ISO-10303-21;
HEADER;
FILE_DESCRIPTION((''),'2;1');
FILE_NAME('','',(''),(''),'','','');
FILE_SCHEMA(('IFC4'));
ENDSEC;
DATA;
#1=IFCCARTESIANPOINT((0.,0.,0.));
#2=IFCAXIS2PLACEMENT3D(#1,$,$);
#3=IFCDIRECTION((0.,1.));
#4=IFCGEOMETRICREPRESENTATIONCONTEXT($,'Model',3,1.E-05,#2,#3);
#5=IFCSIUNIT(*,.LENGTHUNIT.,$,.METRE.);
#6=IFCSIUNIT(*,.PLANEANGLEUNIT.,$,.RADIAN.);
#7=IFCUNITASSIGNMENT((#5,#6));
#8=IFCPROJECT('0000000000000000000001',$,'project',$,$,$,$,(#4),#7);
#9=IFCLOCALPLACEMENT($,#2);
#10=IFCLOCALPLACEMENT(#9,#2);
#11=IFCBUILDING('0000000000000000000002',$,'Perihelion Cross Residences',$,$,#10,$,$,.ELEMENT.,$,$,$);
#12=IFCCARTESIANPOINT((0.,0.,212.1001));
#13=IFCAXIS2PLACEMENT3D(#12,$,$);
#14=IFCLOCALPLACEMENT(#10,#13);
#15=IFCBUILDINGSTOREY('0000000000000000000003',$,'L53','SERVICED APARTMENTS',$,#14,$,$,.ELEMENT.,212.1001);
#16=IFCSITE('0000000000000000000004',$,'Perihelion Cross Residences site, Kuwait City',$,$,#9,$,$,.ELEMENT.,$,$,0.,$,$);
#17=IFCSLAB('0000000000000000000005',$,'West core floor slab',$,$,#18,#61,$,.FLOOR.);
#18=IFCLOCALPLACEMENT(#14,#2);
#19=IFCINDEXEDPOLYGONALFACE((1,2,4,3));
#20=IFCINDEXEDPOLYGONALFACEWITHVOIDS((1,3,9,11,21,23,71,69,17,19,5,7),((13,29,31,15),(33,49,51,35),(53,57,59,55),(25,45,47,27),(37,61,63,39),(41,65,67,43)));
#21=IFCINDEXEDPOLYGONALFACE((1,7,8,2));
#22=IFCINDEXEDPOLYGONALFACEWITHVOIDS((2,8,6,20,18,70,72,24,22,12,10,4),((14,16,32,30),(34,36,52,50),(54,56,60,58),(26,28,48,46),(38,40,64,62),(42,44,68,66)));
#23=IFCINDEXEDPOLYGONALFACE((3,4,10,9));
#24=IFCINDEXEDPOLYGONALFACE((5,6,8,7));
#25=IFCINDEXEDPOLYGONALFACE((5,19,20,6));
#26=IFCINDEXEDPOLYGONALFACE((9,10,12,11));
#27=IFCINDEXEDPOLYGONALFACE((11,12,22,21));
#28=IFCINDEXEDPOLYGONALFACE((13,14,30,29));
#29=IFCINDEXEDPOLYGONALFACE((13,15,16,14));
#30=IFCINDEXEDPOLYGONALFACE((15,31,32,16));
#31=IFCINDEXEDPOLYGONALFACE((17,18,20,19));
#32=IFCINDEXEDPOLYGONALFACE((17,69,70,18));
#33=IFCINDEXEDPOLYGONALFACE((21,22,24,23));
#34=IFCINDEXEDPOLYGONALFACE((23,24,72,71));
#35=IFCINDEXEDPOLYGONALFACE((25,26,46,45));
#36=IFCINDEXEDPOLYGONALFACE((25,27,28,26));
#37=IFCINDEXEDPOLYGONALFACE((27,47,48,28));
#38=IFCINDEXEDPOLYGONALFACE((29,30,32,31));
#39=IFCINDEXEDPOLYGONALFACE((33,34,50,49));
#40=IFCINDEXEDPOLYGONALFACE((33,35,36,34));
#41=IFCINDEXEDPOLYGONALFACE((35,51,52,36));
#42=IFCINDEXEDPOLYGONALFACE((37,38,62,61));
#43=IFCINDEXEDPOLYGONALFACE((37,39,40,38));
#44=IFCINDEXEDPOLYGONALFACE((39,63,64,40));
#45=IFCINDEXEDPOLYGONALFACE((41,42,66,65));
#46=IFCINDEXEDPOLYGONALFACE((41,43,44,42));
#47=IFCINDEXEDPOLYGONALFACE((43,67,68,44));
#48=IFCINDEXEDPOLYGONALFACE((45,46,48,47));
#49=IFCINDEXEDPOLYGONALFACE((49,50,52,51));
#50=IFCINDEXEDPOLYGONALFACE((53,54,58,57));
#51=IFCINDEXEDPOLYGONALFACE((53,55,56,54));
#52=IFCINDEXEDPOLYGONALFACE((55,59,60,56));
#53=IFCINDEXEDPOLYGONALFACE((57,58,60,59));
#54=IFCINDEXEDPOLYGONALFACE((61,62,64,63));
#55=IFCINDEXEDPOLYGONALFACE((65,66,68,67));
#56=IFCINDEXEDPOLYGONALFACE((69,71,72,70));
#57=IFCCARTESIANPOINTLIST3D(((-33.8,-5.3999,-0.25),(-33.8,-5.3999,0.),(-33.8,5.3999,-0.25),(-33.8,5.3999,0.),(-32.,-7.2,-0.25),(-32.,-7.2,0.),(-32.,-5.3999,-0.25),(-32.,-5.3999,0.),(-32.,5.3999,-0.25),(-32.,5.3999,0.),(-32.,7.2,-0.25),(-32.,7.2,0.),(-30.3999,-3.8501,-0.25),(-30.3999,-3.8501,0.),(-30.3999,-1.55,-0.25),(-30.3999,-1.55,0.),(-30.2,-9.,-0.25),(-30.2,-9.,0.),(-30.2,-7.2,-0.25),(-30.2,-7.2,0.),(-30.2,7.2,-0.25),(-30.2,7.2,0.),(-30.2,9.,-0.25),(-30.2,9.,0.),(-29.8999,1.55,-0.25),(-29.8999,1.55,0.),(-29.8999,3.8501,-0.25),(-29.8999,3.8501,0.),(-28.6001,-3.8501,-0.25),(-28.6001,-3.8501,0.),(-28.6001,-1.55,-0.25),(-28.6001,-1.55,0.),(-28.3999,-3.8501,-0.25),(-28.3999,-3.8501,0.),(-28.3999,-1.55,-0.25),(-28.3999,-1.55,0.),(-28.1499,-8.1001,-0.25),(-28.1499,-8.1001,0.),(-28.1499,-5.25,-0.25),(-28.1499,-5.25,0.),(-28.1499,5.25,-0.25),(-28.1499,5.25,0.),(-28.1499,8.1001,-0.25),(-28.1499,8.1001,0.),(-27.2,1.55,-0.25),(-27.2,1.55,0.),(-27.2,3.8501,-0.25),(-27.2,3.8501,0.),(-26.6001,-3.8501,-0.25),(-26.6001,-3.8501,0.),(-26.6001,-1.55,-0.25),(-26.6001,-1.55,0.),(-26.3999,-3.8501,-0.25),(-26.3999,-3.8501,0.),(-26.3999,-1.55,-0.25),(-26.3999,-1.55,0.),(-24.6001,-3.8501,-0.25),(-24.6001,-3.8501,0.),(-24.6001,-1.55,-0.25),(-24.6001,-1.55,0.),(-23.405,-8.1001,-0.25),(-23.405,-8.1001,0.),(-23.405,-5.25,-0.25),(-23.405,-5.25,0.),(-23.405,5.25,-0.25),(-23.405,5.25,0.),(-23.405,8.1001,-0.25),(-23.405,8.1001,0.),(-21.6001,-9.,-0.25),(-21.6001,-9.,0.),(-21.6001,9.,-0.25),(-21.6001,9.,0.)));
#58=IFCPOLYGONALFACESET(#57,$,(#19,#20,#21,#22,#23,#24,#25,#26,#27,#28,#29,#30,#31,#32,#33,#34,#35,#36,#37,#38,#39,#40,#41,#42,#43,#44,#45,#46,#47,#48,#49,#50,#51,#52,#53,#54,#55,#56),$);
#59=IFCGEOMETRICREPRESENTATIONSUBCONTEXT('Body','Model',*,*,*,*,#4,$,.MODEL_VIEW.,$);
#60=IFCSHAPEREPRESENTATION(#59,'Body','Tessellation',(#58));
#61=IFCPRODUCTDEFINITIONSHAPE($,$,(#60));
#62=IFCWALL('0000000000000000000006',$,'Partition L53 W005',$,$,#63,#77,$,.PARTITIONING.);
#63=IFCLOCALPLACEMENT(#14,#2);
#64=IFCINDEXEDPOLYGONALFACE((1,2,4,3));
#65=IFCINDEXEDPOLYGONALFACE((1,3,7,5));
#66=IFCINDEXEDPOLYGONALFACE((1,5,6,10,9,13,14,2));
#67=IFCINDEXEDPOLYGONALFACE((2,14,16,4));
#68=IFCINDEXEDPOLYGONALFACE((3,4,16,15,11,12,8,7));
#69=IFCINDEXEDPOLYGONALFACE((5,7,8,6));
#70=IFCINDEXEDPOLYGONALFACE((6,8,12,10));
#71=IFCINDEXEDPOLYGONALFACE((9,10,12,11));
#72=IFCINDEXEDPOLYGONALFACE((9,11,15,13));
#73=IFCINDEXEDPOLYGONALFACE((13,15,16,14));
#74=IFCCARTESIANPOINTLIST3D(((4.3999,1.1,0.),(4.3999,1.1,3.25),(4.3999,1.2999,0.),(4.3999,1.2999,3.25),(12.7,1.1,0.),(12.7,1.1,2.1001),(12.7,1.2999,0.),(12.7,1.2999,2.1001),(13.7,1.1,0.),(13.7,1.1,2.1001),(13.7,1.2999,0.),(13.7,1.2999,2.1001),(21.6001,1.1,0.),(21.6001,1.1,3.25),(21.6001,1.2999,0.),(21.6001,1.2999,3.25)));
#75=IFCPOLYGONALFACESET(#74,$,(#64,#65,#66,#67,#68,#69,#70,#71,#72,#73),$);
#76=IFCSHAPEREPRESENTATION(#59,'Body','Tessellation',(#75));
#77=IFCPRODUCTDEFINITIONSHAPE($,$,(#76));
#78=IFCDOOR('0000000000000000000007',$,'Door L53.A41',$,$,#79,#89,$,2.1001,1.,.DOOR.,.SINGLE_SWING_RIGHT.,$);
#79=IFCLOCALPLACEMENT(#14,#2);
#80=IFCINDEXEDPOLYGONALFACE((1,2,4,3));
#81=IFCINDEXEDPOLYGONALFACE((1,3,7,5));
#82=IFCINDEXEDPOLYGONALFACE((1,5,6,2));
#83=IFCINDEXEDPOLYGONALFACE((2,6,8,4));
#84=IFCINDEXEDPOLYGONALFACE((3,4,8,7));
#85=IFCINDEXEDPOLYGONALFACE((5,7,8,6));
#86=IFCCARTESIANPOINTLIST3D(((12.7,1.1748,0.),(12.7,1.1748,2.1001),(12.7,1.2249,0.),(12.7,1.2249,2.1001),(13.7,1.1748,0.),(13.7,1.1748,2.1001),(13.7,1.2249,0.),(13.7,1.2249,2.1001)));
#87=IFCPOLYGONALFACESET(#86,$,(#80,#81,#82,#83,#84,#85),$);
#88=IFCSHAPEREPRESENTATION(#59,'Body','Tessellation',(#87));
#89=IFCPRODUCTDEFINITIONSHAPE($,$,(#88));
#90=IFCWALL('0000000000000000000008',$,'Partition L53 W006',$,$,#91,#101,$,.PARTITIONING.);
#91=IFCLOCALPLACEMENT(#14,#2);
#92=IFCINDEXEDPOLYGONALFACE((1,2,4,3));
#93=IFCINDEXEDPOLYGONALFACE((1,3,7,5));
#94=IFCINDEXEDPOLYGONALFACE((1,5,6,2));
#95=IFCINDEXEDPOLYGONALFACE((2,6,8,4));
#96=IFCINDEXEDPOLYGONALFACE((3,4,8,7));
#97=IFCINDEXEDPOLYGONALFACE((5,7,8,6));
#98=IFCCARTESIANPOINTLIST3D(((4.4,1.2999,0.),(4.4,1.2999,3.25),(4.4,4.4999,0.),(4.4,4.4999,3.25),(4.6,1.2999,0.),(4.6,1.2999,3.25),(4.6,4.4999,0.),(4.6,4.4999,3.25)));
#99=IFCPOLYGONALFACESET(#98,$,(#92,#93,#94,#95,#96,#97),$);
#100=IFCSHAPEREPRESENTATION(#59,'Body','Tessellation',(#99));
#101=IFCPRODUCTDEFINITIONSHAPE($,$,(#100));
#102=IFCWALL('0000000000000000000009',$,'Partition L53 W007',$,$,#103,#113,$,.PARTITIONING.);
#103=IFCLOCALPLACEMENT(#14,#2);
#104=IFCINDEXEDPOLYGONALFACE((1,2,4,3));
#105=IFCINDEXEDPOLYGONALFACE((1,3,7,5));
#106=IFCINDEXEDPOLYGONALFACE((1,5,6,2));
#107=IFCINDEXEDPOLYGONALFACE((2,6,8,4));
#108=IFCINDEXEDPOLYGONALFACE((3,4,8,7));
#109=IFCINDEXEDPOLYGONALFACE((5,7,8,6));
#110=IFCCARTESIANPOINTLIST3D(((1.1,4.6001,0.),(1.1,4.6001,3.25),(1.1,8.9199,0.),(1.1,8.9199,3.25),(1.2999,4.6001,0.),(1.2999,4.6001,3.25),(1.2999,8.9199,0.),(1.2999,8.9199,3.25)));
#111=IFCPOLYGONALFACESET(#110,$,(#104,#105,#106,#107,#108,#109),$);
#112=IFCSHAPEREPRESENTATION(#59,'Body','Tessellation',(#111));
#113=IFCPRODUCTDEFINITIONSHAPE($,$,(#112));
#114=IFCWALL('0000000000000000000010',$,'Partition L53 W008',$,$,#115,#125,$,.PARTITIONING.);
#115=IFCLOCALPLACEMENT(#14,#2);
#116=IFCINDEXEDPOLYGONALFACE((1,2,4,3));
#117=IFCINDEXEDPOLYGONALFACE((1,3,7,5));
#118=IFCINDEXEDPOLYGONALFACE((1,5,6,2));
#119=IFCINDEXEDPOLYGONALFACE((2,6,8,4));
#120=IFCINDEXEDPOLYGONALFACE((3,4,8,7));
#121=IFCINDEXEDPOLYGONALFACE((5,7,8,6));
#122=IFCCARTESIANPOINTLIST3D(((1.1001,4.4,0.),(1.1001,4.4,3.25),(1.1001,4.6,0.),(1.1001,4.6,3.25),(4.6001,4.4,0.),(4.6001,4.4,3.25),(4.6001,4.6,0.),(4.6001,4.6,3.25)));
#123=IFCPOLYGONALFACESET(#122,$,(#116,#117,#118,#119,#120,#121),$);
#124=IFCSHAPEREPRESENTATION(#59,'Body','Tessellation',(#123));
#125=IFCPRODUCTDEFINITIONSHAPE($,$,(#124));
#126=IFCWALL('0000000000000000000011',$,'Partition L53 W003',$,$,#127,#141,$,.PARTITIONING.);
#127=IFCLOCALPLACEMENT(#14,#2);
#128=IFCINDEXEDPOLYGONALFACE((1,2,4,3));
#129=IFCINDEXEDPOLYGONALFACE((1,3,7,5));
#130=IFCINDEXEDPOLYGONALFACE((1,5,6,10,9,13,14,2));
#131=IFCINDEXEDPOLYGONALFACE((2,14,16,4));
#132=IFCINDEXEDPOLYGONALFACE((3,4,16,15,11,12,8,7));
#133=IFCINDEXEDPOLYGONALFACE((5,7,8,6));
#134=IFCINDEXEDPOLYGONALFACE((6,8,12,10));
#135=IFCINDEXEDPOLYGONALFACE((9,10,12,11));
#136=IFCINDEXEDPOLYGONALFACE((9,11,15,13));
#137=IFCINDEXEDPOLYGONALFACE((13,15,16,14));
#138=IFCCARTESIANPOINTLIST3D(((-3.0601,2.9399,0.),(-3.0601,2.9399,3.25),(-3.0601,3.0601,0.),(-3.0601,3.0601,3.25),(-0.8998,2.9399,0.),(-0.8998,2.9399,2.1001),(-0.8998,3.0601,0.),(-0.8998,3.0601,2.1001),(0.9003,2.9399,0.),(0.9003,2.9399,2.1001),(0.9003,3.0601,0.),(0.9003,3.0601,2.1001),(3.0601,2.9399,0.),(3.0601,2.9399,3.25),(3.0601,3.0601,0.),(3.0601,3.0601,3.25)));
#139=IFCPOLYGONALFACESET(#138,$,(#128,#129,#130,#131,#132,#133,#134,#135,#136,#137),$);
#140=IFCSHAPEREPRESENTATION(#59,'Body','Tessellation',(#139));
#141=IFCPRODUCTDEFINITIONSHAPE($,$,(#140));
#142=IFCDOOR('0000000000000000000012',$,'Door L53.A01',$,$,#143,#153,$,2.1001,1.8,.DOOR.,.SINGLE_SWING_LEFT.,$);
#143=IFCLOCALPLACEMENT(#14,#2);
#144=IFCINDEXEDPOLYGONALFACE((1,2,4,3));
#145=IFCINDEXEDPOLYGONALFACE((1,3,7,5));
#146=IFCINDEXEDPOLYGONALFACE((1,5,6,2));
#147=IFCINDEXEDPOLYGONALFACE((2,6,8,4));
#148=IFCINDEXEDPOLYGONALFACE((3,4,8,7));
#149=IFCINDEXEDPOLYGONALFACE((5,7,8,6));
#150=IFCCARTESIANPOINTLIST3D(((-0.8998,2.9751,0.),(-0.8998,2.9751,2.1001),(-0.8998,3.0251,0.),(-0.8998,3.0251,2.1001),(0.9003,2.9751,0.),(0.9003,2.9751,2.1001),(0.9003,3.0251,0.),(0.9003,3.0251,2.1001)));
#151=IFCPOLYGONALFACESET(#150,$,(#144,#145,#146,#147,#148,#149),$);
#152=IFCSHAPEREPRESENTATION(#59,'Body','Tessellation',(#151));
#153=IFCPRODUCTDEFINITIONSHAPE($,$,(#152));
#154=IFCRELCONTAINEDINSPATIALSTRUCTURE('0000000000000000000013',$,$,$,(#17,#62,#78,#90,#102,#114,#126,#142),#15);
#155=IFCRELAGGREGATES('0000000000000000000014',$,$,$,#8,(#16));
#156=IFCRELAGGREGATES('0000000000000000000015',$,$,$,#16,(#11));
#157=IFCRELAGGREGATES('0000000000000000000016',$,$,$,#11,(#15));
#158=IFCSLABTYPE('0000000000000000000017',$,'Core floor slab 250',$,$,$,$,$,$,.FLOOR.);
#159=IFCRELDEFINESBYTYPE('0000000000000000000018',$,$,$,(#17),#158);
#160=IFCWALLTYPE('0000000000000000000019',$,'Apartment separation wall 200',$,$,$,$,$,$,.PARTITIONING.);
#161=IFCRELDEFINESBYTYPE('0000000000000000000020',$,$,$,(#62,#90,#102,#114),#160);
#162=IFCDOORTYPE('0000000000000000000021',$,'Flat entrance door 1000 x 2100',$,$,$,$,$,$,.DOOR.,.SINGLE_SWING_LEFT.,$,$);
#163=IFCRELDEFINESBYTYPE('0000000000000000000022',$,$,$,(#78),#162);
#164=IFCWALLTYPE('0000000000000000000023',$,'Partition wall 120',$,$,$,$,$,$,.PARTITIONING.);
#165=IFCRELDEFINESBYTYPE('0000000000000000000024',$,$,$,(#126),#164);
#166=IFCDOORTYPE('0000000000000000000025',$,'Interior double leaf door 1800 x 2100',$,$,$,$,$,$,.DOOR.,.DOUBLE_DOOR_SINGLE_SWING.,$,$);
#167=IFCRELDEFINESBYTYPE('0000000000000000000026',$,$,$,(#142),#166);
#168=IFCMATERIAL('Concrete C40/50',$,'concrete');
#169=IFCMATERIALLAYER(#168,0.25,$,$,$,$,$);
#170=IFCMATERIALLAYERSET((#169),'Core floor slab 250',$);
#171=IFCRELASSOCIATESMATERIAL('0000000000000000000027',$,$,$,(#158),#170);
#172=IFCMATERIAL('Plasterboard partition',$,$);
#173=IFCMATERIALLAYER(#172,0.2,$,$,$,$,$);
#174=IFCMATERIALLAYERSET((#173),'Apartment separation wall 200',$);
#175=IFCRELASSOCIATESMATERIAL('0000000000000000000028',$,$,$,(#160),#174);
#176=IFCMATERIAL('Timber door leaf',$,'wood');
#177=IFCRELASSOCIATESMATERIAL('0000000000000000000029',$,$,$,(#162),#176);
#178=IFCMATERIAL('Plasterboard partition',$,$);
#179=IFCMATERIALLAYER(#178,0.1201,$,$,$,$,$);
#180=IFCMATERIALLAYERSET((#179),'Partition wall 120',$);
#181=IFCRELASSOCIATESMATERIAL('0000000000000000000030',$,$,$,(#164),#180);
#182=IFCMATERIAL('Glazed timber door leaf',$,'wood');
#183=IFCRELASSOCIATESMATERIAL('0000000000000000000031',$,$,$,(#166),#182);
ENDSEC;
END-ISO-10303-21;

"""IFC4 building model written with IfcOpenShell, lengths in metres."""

from ifc_helpers import new_model, si_unit, direction, frame, frame_2d, origin, place, context, subcontext, project, spatial, polyline, rectangle, outline, extrude, material, layer, layer_set, type_object, element, fill, save


model = new_model("IFC4")

# Units and contexts
model_context = context("Model", 3, precision=1e-05, world=origin(), true_north=direction((0.0, 1.0)))
body_context = subcontext(model_context, "Body", "Model", "MODEL_VIEW")
ifc_project = project(units=[si_unit("LENGTHUNIT", "METRE"), si_unit("PLANEANGLEUNIT", "RADIAN")], contexts=[model_context])

# Site, building, storey
site_placement = place(None, origin())
site = spatial("IfcSite", under=ifc_project, at=site_placement, Name="Perihelion Cross Residences site, Kuwait City", CompositionType="ELEMENT", RefElevation=0.0)
building_placement = place(site_placement, origin())
building = spatial("IfcBuilding", under=site, at=building_placement, Name="Perihelion Cross Residences", CompositionType="ELEMENT")
storey_placement = place(building_placement, frame((0.0, 0.0, 212.1001)))
storey = spatial("IfcBuildingStorey", under=building, at=storey_placement, Name="L53", Description="SERVICED APARTMENTS", CompositionType="ELEMENT", Elevation=212.1001)

# Slab
ifc_material_1 = material(Name="Concrete C40/50", Category="concrete")
ifc_layer_1 = layer(ifc_material_1, 0.25)
ifc_layer_set_1 = layer_set([ifc_layer_1], Name="Core floor slab 250")
slab_type = type_object("IfcSlabType", Name="Core floor slab 250", PredefinedType="FLOOR", material=ifc_layer_set_1)
slab_1_placement = place(storey_placement, frame((0.0, 0.0, -0.25)))
element("IfcSlab", 1, at=slab_1_placement, inside=storey, type_object=slab_type, Name="West core floor slab", PredefinedType="FLOOR", context=body_context, shape_type="SweptSolid", body=[
    extrude(outline(polyline([(-30.2, 7.2), (-32.0, 7.2), (-32.0, 5.3999), (-33.8, 5.3999), (-33.8, -5.3999), (-32.0, -5.3999), (-32.0, -7.2), (-30.2, -7.2), (-30.2, -9.0), (-21.6001, -9.0), (-21.6001, 9.0), (-30.2, 9.0), (-30.2, 7.2)]), holes=[polyline([(-28.1499, -8.1001), (-28.1499, -5.25), (-23.405, -5.25), (-23.405, -8.1001), (-28.1499, -8.1001)]), polyline([(-24.6001, -1.55), (-24.6001, -3.8501), (-26.3999, -3.8501), (-26.3999, -1.55), (-24.6001, -1.55)]), polyline([(-26.6001, -1.55), (-26.6001, -3.8501), (-28.3999, -3.8501), (-28.3999, -1.55), (-26.6001, -1.55)]), polyline([(-28.6001, -3.8501), (-30.3999, -3.8501), (-30.3999, -1.55), (-28.6001, -1.55), (-28.6001, -3.8501)]), polyline([(-27.2, 3.8501), (-27.2, 1.55), (-29.8999, 1.55), (-29.8999, 3.8501), (-27.2, 3.8501)]), polyline([(-23.405, 5.25), (-28.1499, 5.25), (-28.1499, 8.1001), (-23.405, 8.1001), (-23.405, 5.25)])]), origin(), (0.0, 0.0, 1.0), 0.25),
])

# Wall, opening, door
ifc_material_2 = material(Name="Plasterboard partition")
ifc_layer_2 = layer(ifc_material_2, 0.2)
ifc_layer_set_2 = layer_set([ifc_layer_2], Name="Apartment separation wall 200")
wall_type_1 = type_object("IfcWallType", Name="Apartment separation wall 200", PredefinedType="PARTITIONING", material=ifc_layer_set_2)
wall_1_placement = place(storey_placement, frame((4.3999, 1.2, 0.0), z_axis=(0.0, 0.0, 1.0), x_axis=(1.0, 0.0, 0.0)))
wall_1 = element("IfcWall", 2, at=wall_1_placement, inside=storey, type_object=wall_type_1, Name="Partition L53 W005", PredefinedType="PARTITIONING", context=body_context, shape_type="SweptSolid", body=[
    extrude(rectangle(XDim=17.2002, YDim=0.2, at=frame_2d((8.6001, 0.0))), origin(), (0.0, 0.0, 1.0), 3.25),
])
opening_1_placement = place(wall_1_placement, frame((8.3, 0.0, 0.0)))
opening_1 = element("IfcOpeningElement", 3, at=opening_1_placement, cuts=wall_1, PredefinedType="OPENING", context=body_context, shape_type="SweptSolid", body=[
    extrude(rectangle(XDim=1.0, YDim=2.1001, at=frame_2d((0.5, 1.05))), frame((0.0, 0.1099, 0.0), z_axis=(0.0, -1.0, 0.0), x_axis=(1.0, 0.0, 0.0)), (0.0, 0.0, 1.0), 0.22),
])
ifc_material_3 = material(Name="Timber door leaf", Category="wood")
door_type_1 = type_object("IfcDoorType", Name="Flat entrance door 1000 x 2100", OperationType="SINGLE_SWING_LEFT", PredefinedType="DOOR", material=ifc_material_3)
door_1_placement = place(opening_1_placement, origin())
door_1 = element("IfcDoor", 4, at=door_1_placement, inside=storey, type_object=door_type_1, Name="Door L53.A41", OperationType="SINGLE_SWING_RIGHT", OverallHeight=2.1001, OverallWidth=1.0, PredefinedType="DOOR", context=body_context, shape_type="SweptSolid", body=[
    extrude(rectangle(XDim=1.0, YDim=2.1001, at=frame_2d((0.5, 1.05))), frame((0.0, 0.0249, 0.0), z_axis=(0.0, -1.0, 0.0), x_axis=(1.0, 0.0, 0.0)), (0.0, 0.0, 1.0), 0.05),
])
fill(opening_1, door_1)

# Walls
wall_2_placement = place(storey_placement, frame((4.5, 4.5, 0.0), z_axis=(0.0, 0.0, 1.0), x_axis=(0.0, -1.0, 0.0)))
element("IfcWall", 5, at=wall_2_placement, inside=storey, type_object=wall_type_1, Name="Partition L53 W006", PredefinedType="PARTITIONING", context=body_context, shape_type="SweptSolid", body=[
    extrude(rectangle(XDim=3.2, YDim=0.2, at=frame_2d((1.6001, 0.0))), origin(), (0.0, 0.0, 1.0), 3.25),
])
wall_3_placement = place(storey_placement, frame((1.2, 8.9199, 0.0), z_axis=(0.0, 0.0, 1.0), x_axis=(0.0, -1.0, 0.0)))
element("IfcWall", 6, at=wall_3_placement, inside=storey, type_object=wall_type_1, Name="Partition L53 W007", PredefinedType="PARTITIONING", context=body_context, shape_type="SweptSolid", body=[
    extrude(rectangle(XDim=4.3198, YDim=0.2, at=frame_2d((2.1599, 0.0))), origin(), (0.0, 0.0, 1.0), 3.25),
])
wall_4_placement = place(storey_placement, frame((1.1001, 4.5, 0.0), z_axis=(0.0, 0.0, 1.0), x_axis=(1.0, 0.0, 0.0)))
element("IfcWall", 7, at=wall_4_placement, inside=storey, type_object=wall_type_1, Name="Partition L53 W008", PredefinedType="PARTITIONING", context=body_context, shape_type="SweptSolid", body=[
    extrude(rectangle(XDim=3.5, YDim=0.2, at=frame_2d((1.75, 0.0))), origin(), (0.0, 0.0, 1.0), 3.25),
])

# Wall, opening, door
ifc_material_4 = material(Name="Plasterboard partition")
ifc_layer_3 = layer(ifc_material_4, 0.1201)
ifc_layer_set_3 = layer_set([ifc_layer_3], Name="Partition wall 120")
wall_type_2 = type_object("IfcWallType", Name="Partition wall 120", PredefinedType="PARTITIONING", material=ifc_layer_set_3)
wall_5_placement = place(storey_placement, frame((3.0601, 3.0, 0.0), z_axis=(0.0, 0.0, 1.0), x_axis=(-1.0, 0.0, 0.0)))
wall_5 = element("IfcWall", 8, at=wall_5_placement, inside=storey, type_object=wall_type_2, Name="Partition L53 W003", PredefinedType="PARTITIONING", context=body_context, shape_type="SweptSolid", body=[
    extrude(rectangle(XDim=6.1201, YDim=0.1201, at=frame_2d((3.0601, 0.0))), origin(), (0.0, 0.0, 1.0), 3.25),
])
opening_2_placement = place(wall_5_placement, frame((2.1599, 0.0, 0.0)))
opening_2 = element("IfcOpeningElement", 9, at=opening_2_placement, cuts=wall_5, PredefinedType="OPENING", context=body_context, shape_type="SweptSolid", body=[
    extrude(rectangle(XDim=1.8, YDim=2.1001, at=frame_2d((0.8999, 1.05))), frame((0.0, 0.0701, 0.0), z_axis=(0.0, -1.0, 0.0), x_axis=(1.0, 0.0, 0.0)), (0.0, 0.0, 1.0), 0.1401),
])
ifc_material_5 = material(Name="Glazed timber door leaf", Category="wood")
door_type_2 = type_object("IfcDoorType", Name="Interior double leaf door 1800 x 2100", OperationType="DOUBLE_DOOR_SINGLE_SWING", PredefinedType="DOOR", material=ifc_material_5)
door_2_placement = place(opening_2_placement, origin())
door_2 = element("IfcDoor", 10, at=door_2_placement, inside=storey, type_object=door_type_2, Name="Door L53.A01", OperationType="SINGLE_SWING_LEFT", OverallHeight=2.1001, OverallWidth=1.8, PredefinedType="DOOR", context=body_context, shape_type="SweptSolid", body=[
    extrude(rectangle(XDim=1.8, YDim=2.1001, at=frame_2d((0.8999, 1.05))), frame((0.0, 0.0249, 0.0), z_axis=(0.0, -1.0, 0.0), x_axis=(1.0, 0.0, 0.0)), (0.0, 0.0, 1.0), 0.05),
])
fill(opening_2, door_2)

save(model, "model.ifc")
